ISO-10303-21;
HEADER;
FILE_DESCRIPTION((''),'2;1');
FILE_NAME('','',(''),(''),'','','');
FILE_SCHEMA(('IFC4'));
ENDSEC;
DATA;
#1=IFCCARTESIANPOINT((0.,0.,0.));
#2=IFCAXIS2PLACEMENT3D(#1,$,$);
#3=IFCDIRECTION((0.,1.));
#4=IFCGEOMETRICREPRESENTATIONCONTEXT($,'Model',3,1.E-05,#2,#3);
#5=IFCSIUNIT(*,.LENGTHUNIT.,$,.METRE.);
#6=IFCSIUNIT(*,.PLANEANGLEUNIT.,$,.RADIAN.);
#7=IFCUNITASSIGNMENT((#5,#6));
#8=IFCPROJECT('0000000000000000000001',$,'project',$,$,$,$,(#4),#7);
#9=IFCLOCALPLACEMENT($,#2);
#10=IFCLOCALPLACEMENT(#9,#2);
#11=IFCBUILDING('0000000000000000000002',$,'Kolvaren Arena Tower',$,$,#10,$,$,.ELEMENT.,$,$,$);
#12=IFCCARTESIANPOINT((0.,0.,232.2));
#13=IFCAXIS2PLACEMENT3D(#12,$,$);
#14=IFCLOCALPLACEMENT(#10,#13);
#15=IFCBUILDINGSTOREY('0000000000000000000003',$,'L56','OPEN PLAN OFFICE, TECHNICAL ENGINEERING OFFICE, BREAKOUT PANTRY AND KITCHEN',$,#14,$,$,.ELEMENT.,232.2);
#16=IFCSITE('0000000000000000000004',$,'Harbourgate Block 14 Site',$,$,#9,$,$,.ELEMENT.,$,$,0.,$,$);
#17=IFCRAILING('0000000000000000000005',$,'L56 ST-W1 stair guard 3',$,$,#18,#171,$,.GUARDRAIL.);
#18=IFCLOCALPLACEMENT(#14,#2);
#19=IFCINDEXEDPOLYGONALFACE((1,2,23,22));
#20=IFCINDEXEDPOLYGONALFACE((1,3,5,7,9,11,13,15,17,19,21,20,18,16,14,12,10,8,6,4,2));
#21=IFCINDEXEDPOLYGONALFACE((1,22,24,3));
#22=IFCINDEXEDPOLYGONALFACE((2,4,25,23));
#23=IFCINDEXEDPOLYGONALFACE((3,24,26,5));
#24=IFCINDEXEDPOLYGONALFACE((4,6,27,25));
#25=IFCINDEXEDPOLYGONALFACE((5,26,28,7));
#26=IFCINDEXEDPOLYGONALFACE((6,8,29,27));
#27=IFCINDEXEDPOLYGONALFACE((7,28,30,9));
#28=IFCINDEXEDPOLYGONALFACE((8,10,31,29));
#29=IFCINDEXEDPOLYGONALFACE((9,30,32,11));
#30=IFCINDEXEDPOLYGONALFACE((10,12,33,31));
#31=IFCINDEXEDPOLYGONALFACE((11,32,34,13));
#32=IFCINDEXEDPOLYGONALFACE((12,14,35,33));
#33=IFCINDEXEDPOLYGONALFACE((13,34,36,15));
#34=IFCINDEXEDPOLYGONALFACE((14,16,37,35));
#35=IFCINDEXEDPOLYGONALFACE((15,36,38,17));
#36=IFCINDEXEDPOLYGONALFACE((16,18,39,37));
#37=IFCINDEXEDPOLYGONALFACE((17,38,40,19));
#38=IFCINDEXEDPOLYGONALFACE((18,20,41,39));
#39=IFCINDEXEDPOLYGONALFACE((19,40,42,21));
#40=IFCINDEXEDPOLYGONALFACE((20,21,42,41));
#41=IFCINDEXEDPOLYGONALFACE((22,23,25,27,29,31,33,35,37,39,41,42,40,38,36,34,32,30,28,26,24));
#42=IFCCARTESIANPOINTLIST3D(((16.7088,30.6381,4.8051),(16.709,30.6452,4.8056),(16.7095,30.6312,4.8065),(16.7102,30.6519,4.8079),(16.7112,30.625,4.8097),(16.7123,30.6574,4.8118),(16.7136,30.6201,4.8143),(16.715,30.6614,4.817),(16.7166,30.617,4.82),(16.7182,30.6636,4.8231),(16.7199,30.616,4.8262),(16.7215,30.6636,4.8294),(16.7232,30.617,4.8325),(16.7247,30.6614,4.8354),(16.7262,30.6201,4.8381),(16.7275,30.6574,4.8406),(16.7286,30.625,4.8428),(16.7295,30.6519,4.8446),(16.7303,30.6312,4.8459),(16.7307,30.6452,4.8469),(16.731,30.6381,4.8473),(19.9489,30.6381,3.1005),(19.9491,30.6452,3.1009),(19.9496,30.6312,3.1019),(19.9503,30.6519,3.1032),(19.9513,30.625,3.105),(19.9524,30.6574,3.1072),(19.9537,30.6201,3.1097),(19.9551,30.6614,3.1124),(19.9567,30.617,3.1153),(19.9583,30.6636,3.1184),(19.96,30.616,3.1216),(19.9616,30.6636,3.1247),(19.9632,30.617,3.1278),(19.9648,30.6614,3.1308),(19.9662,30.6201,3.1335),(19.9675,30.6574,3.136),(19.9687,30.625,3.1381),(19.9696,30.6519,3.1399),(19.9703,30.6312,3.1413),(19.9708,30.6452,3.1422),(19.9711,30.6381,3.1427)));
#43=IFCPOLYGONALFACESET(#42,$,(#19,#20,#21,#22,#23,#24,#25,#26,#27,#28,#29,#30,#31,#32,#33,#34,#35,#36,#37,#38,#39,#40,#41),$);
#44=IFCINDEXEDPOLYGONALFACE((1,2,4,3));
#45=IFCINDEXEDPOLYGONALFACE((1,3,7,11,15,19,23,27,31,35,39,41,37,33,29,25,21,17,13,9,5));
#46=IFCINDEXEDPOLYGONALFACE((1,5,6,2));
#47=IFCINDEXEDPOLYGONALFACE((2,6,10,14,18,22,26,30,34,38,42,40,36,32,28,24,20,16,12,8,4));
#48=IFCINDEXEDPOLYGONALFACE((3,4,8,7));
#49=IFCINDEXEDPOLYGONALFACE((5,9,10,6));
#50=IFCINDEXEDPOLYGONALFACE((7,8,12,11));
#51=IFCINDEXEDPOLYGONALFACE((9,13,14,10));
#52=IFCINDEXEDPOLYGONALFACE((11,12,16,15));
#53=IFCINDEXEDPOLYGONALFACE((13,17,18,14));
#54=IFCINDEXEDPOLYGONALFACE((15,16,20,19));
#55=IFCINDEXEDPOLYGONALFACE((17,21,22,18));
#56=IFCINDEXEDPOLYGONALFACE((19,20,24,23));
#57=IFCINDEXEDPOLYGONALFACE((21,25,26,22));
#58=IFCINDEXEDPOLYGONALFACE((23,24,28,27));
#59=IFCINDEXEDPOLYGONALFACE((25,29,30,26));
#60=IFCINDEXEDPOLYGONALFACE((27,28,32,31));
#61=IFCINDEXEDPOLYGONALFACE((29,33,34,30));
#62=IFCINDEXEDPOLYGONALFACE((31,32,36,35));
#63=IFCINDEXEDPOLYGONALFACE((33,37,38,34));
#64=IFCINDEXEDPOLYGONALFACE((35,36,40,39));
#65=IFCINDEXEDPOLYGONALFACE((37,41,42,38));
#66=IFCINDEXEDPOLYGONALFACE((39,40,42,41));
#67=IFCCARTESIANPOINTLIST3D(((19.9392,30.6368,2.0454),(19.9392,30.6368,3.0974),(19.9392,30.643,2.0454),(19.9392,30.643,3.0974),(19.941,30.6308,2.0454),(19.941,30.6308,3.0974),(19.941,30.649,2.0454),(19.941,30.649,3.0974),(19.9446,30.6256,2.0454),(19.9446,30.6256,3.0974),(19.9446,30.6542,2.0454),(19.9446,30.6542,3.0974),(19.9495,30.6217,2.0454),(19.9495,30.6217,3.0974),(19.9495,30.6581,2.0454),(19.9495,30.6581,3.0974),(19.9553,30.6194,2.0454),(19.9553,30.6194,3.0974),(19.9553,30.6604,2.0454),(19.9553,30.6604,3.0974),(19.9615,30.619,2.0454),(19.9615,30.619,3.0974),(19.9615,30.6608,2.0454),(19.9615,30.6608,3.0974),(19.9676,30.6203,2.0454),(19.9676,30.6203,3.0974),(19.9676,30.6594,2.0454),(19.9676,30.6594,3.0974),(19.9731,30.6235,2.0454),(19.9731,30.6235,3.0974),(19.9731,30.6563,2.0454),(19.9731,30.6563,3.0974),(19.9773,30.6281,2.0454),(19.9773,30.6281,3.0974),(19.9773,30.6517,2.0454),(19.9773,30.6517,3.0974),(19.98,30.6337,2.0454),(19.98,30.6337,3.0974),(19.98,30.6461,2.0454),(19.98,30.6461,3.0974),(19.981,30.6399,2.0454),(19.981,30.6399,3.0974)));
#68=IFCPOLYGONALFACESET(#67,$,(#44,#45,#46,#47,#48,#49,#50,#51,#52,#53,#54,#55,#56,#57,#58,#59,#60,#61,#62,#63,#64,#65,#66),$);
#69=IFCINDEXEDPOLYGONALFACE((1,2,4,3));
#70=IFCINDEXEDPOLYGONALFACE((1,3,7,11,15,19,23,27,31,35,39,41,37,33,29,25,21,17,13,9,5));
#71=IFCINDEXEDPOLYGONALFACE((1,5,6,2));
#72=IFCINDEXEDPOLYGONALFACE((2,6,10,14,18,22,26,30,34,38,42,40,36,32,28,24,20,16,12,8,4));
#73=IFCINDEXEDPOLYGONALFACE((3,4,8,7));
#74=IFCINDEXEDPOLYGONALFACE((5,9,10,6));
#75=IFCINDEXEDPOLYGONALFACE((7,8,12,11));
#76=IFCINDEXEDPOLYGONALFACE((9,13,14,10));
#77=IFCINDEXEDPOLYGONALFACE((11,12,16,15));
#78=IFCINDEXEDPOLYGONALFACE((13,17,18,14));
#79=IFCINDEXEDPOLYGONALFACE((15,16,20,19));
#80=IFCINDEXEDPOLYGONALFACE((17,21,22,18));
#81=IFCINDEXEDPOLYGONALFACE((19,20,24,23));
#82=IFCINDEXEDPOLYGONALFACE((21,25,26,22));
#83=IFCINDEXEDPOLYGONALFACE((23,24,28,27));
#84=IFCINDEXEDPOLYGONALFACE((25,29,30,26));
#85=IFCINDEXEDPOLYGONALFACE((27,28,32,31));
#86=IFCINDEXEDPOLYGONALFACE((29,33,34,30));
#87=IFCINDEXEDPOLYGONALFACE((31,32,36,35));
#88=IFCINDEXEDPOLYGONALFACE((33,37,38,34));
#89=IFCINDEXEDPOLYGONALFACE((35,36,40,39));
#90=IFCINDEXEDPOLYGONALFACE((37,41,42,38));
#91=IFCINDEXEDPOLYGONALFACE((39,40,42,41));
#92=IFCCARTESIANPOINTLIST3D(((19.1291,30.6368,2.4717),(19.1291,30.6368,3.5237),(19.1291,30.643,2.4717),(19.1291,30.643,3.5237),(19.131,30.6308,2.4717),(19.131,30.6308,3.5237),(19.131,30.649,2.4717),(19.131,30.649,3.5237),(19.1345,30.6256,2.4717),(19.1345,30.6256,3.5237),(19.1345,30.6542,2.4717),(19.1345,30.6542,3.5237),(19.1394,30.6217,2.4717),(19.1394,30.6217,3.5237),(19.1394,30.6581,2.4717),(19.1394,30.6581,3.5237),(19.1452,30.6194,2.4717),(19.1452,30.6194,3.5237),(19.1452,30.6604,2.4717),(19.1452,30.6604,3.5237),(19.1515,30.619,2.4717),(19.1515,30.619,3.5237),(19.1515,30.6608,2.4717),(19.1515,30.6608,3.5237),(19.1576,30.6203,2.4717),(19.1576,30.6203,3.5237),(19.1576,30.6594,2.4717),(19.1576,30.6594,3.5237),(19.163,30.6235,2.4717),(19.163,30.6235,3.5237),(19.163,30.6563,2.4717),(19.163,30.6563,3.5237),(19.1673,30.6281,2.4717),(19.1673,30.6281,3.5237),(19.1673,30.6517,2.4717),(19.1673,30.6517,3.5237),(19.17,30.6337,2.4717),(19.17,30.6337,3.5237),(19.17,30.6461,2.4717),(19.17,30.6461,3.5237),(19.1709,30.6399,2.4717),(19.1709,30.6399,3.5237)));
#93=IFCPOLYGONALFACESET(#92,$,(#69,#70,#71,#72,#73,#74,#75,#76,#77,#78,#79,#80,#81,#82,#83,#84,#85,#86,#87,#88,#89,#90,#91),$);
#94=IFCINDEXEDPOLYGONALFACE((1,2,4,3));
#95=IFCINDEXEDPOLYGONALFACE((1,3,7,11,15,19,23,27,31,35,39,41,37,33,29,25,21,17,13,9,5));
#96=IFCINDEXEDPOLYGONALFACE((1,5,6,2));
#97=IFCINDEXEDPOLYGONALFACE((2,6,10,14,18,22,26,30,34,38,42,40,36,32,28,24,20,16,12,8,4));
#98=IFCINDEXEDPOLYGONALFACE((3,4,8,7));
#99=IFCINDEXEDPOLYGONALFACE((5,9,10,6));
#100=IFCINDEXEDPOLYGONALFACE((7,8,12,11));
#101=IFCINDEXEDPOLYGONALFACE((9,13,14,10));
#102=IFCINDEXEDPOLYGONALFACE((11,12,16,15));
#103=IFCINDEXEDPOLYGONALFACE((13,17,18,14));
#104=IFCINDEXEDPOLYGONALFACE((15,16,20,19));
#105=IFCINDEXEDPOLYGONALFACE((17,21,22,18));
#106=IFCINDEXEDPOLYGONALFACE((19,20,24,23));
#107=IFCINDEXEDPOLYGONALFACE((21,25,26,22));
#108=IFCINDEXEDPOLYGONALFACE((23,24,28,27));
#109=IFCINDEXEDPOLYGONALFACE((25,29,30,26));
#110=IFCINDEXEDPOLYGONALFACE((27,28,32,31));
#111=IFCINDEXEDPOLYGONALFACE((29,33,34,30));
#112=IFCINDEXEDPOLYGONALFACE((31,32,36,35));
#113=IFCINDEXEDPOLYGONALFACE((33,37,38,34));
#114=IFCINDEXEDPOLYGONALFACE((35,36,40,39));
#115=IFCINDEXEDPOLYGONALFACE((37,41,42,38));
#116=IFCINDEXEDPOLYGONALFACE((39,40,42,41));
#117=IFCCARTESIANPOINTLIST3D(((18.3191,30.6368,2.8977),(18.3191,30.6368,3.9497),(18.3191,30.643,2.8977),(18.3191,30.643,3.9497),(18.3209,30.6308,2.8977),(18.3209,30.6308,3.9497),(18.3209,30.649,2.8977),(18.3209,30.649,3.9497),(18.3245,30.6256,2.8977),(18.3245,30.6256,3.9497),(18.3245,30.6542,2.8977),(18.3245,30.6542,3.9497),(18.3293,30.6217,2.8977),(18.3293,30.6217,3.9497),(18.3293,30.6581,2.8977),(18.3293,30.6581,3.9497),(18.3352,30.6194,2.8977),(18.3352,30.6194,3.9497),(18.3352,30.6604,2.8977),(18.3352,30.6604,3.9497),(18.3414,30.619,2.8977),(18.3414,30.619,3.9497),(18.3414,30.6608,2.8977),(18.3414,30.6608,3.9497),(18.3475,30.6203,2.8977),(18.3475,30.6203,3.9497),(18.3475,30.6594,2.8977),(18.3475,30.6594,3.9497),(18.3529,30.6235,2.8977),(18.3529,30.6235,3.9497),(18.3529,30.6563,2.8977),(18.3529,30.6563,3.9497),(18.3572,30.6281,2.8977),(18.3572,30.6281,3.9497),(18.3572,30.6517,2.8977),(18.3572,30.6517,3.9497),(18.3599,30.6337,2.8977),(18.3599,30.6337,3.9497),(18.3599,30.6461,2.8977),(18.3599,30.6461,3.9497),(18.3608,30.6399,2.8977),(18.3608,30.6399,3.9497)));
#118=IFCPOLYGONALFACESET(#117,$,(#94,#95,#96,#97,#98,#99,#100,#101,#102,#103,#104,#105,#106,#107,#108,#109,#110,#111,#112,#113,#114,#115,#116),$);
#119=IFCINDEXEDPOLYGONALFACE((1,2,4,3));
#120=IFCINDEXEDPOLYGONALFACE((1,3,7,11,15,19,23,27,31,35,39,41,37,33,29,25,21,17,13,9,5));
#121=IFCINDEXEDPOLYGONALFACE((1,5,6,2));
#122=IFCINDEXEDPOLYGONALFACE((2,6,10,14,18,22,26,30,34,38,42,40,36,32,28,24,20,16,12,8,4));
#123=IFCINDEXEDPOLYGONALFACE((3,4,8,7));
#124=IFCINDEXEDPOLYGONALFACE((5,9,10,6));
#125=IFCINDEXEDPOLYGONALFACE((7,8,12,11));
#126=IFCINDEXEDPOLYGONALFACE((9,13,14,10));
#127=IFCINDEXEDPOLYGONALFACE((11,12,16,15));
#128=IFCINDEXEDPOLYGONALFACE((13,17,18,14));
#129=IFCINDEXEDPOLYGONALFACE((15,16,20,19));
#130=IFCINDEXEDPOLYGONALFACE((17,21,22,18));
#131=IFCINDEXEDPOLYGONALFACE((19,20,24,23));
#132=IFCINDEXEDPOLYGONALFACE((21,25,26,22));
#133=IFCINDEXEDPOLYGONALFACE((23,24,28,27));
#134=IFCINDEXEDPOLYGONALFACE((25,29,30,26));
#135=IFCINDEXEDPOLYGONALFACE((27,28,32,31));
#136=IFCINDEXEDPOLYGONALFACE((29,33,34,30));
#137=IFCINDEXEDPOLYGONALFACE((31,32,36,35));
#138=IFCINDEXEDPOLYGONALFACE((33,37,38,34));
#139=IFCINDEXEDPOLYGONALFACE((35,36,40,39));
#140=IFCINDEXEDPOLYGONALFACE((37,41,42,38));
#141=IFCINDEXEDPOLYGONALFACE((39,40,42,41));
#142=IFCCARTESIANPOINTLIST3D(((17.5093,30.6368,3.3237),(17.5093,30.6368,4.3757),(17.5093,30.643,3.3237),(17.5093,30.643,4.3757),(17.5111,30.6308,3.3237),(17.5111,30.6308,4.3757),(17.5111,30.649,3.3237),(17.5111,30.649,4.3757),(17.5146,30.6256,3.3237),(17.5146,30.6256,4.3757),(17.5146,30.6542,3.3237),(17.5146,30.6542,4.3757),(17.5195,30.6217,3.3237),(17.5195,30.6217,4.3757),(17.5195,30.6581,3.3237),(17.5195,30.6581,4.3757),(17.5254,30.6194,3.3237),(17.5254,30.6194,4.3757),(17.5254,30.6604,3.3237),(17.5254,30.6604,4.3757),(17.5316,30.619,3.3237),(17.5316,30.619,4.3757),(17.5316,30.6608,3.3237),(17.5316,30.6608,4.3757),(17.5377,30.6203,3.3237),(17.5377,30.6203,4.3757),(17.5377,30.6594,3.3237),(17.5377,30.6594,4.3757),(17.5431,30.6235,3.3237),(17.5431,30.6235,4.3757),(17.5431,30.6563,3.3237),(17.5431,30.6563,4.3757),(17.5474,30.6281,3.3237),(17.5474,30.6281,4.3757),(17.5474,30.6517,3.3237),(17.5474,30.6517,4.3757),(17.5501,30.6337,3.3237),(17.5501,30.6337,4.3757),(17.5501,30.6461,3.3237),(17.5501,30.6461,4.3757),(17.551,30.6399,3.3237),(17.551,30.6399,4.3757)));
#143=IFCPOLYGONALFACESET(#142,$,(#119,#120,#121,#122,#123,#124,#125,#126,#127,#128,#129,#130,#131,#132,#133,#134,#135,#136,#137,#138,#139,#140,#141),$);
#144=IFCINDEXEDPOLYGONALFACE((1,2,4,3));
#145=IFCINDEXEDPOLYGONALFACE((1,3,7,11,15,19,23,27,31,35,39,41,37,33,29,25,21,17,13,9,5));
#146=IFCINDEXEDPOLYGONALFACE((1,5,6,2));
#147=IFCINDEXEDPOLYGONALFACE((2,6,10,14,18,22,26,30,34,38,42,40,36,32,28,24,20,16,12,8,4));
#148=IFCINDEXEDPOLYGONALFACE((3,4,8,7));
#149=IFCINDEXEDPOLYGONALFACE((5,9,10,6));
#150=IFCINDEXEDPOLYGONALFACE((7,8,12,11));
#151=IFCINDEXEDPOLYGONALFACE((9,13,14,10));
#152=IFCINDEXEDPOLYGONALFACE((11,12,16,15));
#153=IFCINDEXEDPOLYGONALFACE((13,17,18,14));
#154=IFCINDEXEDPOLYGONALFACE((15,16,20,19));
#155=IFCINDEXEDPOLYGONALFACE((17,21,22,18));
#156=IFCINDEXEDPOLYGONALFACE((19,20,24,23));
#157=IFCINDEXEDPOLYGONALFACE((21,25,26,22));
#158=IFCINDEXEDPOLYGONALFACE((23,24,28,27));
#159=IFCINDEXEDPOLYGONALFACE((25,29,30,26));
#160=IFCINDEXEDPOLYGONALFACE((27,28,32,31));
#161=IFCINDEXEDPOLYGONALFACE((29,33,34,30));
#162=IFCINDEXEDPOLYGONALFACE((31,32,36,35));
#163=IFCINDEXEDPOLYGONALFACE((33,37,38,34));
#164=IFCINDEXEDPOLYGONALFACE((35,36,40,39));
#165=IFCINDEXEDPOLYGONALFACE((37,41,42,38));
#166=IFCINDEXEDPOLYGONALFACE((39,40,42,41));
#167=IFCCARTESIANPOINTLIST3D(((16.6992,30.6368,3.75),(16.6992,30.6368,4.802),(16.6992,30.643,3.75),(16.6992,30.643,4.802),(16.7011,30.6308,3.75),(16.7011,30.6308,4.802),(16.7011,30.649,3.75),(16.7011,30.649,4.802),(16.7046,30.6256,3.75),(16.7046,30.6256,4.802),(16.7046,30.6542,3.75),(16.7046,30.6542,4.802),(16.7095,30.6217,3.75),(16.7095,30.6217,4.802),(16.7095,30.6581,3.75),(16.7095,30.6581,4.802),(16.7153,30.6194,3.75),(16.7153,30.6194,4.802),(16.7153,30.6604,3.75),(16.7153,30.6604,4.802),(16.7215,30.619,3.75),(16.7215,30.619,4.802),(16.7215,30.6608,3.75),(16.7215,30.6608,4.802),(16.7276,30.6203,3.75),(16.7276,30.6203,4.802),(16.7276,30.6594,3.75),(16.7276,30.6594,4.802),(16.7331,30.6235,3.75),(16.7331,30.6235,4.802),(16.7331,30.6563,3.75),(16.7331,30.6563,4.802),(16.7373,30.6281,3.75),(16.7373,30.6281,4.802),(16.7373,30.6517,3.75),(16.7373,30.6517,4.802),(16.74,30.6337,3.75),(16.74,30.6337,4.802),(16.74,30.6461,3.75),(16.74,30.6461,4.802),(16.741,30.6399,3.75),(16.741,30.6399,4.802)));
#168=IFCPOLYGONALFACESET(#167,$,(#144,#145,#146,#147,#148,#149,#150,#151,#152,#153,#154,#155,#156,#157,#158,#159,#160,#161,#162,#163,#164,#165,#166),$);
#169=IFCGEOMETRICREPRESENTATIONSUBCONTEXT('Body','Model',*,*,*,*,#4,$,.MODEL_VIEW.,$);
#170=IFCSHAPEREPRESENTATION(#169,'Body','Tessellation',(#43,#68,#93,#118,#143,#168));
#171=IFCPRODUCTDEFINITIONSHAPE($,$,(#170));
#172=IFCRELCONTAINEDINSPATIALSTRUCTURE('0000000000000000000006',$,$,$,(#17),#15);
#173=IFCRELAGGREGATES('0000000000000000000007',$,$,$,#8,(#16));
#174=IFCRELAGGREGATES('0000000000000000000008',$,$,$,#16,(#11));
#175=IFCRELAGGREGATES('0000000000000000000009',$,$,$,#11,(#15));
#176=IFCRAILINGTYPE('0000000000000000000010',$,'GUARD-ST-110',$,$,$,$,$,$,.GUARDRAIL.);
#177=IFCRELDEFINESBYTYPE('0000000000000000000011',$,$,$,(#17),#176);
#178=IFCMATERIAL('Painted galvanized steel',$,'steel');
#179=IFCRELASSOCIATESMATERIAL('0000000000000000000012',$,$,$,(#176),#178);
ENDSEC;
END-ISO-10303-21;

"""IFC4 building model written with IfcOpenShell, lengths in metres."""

from ifc_helpers import new_model, si_unit, direction, frame, origin, origin_2d, place, context, subcontext, project, spatial, circle, extrude, material, type_object, element, save


model = new_model("IFC4")

# Units and contexts
model_context = context("Model", 3, precision=1e-05, world=origin(), true_north=direction((0.0, 1.0)))
body_context = subcontext(model_context, "Body", "Model", "MODEL_VIEW")
ifc_project = project(units=[si_unit("LENGTHUNIT", "METRE"), si_unit("PLANEANGLEUNIT", "RADIAN")], contexts=[model_context])

# Site, building, storey
site_placement = place(None, origin())
site = spatial("IfcSite", under=ifc_project, at=site_placement, Name="Harbourgate Block 14 Site", CompositionType="ELEMENT", RefElevation=0.0)
building_placement = place(site_placement, origin())
building = spatial("IfcBuilding", under=site, at=building_placement, Name="Kolvaren Arena Tower", CompositionType="ELEMENT")
storey_placement = place(building_placement, frame((0.0, 0.0, 232.2)))
storey = spatial("IfcBuildingStorey", under=building, at=storey_placement, Name="L56", Description="OPEN PLAN OFFICE, TECHNICAL ENGINEERING OFFICE, BREAKOUT PANTRY AND KITCHEN", CompositionType="ELEMENT", Elevation=232.2)

# Railing
ifc_material_1 = material(Name="Painted galvanized steel", Category="steel")
railing_type_1 = type_object("IfcRailingType", Name="GUARD-ST-110", PredefinedType="GUARDRAIL", material=ifc_material_1)
railing_1_placement = place(storey_placement, frame((19.96, 30.6399, 2.0454)))
element("IfcRailing", 1, at=railing_1_placement, inside=storey, type_object=railing_type_1, Name="L56 ST-W1 stair guard 3", PredefinedType="GUARDRAIL", context=body_context, shape_type="SweptSolid", body=[
    extrude(circle(Radius=0.0239, at=origin_2d()), frame((0.0, 0.0, 1.0762), z_axis=(-0.884993, 0.0, 0.465604), x_axis=(0.0, -1.0, 0.0)), (0.0, 0.0, 1.0), 3.6611),
    extrude(circle(Radius=0.021, at=origin_2d()), origin(), (0.0, 0.0, 1.0), 1.052),
    extrude(circle(Radius=0.021, at=origin_2d()), frame((-0.8101, 0.0, 0.4263)), (0.0, 0.0, 1.0), 1.052),
    extrude(circle(Radius=0.021, at=origin_2d()), frame((-1.6201, 0.0, 0.8523)), (0.0, 0.0, 1.0), 1.052),
    extrude(circle(Radius=0.021, at=origin_2d()), frame((-2.4299, 0.0, 1.2783)), (0.0, 0.0, 1.0), 1.052),
    extrude(circle(Radius=0.021, at=origin_2d()), frame((-3.24, 0.0, 1.7046)), (0.0, 0.0, 1.0), 1.052),
])

save(model, "model.ifc")
